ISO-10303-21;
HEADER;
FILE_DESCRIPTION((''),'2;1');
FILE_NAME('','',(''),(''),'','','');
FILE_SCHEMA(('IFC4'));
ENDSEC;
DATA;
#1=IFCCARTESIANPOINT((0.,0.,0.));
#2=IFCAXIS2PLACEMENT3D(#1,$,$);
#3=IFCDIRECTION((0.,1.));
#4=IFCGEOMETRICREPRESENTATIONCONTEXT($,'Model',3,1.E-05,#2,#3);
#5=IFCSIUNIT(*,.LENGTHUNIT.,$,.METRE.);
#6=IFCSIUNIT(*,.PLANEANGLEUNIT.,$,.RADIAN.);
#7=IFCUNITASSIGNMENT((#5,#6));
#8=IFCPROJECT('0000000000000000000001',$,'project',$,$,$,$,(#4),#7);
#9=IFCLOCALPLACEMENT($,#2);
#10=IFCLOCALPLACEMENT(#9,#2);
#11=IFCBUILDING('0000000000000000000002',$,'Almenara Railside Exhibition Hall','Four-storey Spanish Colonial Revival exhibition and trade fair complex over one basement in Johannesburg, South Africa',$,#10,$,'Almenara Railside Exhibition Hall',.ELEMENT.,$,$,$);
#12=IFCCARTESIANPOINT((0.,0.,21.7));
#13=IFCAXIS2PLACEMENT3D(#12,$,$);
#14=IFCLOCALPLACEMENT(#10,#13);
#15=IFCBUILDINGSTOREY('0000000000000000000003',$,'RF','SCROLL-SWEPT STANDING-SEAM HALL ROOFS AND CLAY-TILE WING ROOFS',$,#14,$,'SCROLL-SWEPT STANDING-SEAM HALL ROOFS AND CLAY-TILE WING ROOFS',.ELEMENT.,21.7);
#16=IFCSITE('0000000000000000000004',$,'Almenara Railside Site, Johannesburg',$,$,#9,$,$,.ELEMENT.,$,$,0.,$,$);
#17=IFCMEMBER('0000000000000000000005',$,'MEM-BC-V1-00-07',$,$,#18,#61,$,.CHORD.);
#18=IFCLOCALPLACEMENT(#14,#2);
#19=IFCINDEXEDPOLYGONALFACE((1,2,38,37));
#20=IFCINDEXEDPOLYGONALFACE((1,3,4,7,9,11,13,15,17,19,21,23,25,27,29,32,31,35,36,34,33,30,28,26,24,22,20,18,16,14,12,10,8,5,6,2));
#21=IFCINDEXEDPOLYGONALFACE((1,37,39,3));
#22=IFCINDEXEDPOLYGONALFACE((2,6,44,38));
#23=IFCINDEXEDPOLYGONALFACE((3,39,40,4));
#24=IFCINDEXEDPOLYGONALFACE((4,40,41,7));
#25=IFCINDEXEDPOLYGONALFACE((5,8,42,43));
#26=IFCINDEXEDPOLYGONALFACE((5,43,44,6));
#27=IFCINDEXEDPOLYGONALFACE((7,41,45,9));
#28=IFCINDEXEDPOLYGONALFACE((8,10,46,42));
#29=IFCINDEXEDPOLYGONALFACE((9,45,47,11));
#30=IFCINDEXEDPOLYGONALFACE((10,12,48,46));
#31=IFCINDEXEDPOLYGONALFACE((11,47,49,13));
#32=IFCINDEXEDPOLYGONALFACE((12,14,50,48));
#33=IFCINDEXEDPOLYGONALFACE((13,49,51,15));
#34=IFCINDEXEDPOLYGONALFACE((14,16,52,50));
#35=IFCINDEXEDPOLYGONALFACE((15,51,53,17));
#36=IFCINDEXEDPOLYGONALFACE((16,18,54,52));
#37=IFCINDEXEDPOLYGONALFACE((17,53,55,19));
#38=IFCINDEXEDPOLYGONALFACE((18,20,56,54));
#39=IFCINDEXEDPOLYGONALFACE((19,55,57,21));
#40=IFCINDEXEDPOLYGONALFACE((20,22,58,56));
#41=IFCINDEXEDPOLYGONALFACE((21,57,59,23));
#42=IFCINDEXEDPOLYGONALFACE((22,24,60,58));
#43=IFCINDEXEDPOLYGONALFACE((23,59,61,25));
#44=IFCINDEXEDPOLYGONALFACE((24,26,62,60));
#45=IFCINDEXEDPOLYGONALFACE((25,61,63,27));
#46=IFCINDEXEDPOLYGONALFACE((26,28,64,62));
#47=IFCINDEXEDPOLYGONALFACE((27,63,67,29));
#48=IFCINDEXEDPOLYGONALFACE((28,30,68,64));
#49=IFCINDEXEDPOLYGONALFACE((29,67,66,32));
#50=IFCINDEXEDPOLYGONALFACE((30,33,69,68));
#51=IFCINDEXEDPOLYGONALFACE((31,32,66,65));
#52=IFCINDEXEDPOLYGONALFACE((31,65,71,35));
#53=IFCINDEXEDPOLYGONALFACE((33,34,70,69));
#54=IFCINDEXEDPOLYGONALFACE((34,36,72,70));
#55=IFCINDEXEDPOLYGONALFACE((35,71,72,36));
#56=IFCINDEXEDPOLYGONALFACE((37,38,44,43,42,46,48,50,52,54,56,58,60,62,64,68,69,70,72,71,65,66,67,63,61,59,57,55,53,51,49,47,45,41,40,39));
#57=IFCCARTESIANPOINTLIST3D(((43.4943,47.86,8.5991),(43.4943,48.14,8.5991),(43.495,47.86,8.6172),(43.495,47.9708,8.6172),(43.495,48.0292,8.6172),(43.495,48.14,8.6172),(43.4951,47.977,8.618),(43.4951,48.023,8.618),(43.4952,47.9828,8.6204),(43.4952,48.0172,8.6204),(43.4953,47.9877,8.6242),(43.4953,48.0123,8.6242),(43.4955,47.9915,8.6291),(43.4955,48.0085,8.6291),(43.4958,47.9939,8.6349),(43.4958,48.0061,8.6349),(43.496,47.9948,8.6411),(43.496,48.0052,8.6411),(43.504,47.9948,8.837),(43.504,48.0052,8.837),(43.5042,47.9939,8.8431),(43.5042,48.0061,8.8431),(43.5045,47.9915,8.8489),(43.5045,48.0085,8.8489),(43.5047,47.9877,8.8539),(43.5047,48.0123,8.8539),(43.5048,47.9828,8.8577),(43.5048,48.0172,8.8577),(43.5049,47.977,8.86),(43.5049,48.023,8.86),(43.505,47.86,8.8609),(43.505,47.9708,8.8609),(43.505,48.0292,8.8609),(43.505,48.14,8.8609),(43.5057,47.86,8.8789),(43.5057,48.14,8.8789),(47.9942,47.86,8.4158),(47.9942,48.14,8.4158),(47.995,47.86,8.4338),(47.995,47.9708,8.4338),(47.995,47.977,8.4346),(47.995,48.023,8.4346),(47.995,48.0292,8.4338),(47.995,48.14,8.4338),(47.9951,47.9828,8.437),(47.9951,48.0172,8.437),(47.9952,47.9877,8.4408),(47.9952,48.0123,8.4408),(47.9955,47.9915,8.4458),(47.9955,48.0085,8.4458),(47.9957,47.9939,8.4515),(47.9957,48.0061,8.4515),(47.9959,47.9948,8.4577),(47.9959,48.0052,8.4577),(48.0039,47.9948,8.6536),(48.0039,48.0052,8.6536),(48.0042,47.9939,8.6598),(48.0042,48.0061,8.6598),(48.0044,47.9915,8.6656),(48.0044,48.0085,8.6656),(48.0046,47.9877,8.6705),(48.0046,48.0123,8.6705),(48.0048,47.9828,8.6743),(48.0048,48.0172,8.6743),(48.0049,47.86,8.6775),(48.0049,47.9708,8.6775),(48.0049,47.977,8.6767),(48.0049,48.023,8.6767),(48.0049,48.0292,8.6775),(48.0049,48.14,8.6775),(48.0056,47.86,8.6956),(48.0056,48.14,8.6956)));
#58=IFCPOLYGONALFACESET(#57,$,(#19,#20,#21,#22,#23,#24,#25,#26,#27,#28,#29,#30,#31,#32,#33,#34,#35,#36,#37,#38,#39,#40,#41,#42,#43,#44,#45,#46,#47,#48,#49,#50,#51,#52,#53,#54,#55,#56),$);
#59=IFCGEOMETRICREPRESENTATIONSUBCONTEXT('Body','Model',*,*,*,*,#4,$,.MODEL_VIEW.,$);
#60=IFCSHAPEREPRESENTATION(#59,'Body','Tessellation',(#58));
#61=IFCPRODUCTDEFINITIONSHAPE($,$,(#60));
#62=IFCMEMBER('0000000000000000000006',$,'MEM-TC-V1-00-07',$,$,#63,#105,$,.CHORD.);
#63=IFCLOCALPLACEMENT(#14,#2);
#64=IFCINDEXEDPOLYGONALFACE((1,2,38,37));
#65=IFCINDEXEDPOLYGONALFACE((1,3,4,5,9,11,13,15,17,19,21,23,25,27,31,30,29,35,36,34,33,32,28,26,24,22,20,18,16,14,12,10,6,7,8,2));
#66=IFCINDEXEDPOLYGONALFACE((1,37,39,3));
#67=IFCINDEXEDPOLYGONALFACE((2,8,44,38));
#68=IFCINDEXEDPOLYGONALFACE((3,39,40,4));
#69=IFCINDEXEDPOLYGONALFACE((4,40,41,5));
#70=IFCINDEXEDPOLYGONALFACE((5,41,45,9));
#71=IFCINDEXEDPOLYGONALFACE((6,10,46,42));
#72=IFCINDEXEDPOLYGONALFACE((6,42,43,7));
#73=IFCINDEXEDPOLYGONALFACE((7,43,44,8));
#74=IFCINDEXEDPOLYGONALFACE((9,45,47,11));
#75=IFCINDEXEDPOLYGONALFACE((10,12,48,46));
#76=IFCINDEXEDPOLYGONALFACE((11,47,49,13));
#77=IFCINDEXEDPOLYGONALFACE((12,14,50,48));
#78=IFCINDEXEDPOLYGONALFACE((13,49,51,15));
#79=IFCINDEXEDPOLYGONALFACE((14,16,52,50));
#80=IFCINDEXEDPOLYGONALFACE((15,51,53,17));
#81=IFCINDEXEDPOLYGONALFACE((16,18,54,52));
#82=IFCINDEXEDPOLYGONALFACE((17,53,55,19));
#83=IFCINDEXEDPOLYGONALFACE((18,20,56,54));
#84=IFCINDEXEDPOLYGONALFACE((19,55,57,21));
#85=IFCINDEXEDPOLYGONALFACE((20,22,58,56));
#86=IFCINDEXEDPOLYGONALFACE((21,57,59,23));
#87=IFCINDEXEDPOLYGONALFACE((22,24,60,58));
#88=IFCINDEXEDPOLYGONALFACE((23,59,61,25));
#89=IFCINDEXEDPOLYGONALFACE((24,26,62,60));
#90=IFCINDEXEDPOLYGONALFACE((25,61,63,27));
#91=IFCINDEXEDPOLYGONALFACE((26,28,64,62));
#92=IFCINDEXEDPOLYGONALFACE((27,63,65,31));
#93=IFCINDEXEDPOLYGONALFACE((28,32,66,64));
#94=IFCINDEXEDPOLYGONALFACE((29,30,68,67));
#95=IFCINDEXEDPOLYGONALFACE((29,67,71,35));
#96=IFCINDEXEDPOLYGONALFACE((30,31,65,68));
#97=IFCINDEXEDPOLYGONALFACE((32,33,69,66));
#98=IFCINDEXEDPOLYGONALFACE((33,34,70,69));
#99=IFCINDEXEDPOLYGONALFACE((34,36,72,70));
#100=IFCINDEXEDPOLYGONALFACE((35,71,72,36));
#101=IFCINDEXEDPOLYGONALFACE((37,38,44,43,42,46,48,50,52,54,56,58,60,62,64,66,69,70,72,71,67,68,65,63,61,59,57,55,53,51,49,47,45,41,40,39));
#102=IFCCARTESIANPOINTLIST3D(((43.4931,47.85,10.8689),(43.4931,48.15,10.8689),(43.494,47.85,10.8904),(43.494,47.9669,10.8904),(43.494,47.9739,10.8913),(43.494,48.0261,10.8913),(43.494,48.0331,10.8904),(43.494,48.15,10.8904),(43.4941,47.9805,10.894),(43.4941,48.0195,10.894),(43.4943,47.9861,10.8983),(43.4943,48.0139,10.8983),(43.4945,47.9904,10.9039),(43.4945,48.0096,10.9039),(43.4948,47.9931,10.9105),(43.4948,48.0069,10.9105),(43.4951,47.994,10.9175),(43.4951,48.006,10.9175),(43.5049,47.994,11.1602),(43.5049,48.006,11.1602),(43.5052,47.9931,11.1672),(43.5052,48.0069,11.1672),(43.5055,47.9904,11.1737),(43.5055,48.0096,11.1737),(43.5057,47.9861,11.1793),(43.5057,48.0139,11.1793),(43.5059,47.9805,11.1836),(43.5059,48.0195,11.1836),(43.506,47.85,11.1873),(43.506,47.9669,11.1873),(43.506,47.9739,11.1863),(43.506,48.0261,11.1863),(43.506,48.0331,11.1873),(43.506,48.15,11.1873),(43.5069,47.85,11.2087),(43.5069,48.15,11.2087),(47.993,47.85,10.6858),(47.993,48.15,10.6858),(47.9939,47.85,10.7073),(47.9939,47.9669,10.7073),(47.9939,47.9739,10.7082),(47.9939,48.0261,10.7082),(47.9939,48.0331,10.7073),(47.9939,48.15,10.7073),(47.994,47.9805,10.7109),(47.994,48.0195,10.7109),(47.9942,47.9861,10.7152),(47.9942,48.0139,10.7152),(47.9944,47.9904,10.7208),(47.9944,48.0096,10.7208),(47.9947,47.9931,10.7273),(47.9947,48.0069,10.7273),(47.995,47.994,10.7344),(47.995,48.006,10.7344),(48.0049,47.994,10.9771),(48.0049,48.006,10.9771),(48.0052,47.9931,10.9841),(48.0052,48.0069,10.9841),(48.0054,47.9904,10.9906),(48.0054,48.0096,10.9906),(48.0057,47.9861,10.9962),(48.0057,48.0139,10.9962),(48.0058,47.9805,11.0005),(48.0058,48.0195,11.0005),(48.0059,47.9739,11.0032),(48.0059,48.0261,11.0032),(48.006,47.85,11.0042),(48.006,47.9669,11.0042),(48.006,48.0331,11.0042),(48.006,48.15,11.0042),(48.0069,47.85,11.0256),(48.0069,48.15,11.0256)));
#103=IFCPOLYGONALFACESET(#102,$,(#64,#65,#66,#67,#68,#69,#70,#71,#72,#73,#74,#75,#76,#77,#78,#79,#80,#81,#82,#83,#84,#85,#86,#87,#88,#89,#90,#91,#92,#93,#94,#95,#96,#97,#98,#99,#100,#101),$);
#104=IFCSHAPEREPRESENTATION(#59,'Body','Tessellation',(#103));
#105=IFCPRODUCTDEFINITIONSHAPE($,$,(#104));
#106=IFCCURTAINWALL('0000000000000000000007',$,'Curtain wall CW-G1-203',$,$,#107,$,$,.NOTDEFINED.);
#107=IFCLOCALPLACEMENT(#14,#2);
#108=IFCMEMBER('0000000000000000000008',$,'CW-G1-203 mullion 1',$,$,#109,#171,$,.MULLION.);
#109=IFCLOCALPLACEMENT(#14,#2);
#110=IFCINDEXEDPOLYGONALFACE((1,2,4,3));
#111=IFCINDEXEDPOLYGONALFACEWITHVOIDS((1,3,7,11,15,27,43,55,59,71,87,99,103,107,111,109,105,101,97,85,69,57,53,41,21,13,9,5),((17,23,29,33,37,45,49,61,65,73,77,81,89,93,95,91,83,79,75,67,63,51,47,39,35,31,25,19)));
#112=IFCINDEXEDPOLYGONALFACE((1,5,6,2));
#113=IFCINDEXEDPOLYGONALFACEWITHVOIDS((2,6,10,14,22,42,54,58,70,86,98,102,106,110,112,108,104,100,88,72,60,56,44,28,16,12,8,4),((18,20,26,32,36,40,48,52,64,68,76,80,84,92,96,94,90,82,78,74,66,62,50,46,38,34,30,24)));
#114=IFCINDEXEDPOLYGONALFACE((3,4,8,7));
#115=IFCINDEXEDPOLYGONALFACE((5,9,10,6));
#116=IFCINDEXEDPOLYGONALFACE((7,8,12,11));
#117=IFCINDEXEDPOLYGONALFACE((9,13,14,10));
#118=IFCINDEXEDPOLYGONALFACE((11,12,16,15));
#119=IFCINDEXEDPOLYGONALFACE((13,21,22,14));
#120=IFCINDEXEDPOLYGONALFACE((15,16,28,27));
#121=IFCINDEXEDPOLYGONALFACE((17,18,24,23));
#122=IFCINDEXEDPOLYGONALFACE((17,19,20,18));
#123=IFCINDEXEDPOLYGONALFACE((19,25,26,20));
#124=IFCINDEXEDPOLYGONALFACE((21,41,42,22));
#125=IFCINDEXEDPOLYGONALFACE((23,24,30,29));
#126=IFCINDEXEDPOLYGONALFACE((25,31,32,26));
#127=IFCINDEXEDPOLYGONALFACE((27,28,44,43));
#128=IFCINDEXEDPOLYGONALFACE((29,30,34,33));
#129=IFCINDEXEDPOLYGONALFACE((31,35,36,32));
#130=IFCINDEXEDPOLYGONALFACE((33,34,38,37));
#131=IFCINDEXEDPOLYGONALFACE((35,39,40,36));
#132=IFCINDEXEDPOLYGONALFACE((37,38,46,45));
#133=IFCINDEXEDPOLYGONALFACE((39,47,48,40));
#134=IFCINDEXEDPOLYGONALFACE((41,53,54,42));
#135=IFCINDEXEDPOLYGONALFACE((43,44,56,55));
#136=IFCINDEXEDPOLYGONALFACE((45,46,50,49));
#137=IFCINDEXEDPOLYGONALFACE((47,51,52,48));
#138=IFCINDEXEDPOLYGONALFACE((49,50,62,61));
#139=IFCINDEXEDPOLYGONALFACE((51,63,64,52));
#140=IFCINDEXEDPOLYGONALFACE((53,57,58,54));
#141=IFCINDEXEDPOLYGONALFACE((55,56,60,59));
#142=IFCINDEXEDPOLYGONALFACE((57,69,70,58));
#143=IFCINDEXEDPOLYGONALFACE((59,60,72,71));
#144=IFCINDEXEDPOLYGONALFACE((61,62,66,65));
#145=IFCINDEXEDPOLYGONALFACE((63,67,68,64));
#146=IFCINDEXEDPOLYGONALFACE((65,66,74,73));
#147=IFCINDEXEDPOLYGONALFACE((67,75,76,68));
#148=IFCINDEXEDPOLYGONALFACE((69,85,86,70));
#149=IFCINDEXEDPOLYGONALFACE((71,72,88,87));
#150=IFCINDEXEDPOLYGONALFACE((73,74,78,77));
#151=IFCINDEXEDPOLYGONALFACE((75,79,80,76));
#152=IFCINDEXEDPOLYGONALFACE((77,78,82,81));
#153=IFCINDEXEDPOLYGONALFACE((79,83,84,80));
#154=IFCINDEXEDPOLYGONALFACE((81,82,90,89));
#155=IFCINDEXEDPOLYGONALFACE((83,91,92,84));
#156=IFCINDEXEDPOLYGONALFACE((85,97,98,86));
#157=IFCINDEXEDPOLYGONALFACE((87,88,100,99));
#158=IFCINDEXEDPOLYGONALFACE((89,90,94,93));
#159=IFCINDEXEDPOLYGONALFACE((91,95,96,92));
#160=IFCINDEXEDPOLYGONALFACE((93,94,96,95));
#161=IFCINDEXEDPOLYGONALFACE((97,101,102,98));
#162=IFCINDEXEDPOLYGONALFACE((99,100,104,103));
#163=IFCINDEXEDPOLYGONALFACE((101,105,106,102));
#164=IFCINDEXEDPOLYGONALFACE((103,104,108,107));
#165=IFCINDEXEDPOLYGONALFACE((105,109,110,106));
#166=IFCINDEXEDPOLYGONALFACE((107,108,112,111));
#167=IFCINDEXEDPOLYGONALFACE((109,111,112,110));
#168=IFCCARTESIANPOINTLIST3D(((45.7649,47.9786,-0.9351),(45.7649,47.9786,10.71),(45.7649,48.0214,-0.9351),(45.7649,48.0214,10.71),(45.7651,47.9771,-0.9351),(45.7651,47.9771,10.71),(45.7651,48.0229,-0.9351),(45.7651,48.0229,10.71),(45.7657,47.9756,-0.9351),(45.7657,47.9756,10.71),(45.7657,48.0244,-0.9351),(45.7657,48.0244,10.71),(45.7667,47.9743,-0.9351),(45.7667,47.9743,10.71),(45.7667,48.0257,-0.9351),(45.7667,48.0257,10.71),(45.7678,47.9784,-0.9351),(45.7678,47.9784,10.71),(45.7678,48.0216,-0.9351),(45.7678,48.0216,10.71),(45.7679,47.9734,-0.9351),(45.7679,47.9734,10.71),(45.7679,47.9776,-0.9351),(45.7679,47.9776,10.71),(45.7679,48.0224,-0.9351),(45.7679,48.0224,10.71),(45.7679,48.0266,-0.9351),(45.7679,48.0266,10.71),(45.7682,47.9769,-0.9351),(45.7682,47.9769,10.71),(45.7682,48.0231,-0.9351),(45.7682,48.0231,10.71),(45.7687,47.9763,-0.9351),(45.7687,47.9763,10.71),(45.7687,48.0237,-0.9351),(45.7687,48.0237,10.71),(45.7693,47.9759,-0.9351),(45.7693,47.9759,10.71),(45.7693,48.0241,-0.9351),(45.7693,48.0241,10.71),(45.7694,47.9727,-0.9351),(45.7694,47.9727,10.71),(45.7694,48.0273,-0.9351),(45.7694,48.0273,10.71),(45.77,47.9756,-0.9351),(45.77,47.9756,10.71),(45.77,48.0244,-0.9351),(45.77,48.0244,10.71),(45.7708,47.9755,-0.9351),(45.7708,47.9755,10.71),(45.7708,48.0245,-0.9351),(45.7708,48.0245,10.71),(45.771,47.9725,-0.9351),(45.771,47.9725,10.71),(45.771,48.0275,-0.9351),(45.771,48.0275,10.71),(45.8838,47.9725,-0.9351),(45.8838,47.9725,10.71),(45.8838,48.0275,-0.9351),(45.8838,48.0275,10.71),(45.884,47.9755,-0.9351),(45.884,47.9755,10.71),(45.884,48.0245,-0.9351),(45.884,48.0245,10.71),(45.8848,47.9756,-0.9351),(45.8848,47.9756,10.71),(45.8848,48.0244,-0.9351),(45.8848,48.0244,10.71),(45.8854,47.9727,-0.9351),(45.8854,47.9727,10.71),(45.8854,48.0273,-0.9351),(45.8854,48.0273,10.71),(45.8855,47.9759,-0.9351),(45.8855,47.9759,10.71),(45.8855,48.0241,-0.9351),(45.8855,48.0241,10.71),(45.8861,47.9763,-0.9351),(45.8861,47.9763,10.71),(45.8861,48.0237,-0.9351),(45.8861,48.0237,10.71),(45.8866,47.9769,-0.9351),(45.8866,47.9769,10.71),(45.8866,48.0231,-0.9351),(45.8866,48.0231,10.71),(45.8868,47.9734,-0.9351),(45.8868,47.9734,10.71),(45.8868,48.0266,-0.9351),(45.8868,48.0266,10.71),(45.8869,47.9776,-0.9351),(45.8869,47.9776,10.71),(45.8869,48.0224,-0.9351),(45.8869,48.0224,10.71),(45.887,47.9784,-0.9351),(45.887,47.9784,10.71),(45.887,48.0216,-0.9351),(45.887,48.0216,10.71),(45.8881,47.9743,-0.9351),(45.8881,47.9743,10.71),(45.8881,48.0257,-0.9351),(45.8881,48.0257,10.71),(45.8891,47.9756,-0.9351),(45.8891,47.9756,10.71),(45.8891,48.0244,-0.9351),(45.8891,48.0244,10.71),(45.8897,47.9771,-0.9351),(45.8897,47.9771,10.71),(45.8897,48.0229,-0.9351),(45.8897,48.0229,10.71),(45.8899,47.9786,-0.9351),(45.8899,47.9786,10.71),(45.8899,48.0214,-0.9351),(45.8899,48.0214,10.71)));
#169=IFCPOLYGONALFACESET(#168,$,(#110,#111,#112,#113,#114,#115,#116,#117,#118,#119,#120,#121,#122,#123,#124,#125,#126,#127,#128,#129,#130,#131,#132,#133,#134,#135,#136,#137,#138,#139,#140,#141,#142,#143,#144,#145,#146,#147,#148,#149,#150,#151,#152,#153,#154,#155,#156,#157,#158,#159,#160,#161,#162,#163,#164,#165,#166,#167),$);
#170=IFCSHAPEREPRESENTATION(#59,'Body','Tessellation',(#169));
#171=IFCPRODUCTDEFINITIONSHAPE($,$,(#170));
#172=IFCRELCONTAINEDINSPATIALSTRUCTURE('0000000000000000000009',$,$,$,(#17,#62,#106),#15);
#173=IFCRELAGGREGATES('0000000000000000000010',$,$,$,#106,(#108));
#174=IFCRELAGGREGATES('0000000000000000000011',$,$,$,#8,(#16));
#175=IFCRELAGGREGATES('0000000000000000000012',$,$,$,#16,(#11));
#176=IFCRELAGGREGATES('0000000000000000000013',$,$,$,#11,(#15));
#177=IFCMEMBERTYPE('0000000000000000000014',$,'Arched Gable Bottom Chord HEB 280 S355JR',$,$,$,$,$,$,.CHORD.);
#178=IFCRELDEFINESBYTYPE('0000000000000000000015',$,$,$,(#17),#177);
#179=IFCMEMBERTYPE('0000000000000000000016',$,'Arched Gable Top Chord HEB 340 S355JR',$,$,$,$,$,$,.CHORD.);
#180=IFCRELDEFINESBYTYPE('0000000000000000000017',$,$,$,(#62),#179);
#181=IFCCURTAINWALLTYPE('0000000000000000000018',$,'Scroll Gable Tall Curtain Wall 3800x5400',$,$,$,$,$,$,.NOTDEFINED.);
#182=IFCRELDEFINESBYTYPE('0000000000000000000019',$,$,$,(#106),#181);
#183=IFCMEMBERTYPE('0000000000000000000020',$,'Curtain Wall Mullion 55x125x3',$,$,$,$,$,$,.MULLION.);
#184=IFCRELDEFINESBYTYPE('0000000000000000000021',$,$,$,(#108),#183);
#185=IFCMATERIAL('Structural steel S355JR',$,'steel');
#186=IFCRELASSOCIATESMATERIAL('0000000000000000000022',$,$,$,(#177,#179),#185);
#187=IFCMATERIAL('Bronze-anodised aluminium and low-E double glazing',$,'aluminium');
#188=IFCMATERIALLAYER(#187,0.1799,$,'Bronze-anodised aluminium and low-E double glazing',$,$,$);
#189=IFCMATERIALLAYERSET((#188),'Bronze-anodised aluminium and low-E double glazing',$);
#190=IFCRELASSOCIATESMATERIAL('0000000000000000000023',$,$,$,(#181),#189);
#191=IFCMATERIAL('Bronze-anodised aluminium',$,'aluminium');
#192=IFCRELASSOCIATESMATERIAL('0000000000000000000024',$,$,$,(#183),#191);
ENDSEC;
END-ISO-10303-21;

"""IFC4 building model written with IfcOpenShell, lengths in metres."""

from ifc_helpers import new_model, si_unit, direction, frame, origin, origin_2d, place, context, subcontext, project, spatial, hollow_rectangle, i_section, extrude, material, layer, layer_set, material_profile, profile_set, type_object, element, aggregate, save


model = new_model("IFC4")

# Units and contexts
model_context = context("Model", 3, precision=1e-05, world=origin(), true_north=direction((0.0, 1.0)))
body_context = subcontext(model_context, "Body", "Model", "MODEL_VIEW")
ifc_project = project(units=[si_unit("LENGTHUNIT", "METRE"), si_unit("PLANEANGLEUNIT", "RADIAN")], contexts=[model_context])

# Site, building, storey
site_placement = place(None, origin())
site = spatial("IfcSite", under=ifc_project, at=site_placement, Name="Almenara Railside Site, Johannesburg", CompositionType="ELEMENT", RefElevation=0.0)
building_placement = place(site_placement, origin())
building = spatial("IfcBuilding", under=site, at=building_placement, Name="Almenara Railside Exhibition Hall", Description="Four-storey Spanish Colonial Revival exhibition and trade fair complex over one basement in Johannesburg, South Africa", LongName="Almenara Railside Exhibition Hall", CompositionType="ELEMENT")
storey_placement = place(building_placement, frame((0.0, 0.0, 21.7)))
storey = spatial("IfcBuildingStorey", under=building, at=storey_placement, Name="RF", Description="SCROLL-SWEPT STANDING-SEAM HALL ROOFS AND CLAY-TILE WING ROOFS", LongName="SCROLL-SWEPT STANDING-SEAM HALL ROOFS AND CLAY-TILE WING ROOFS", CompositionType="ELEMENT", Elevation=21.7)

# Members
ifc_material_1 = material(Name="Structural steel S355JR", Category="steel")
ifc_material_profile_1 = material_profile(ifc_material_1, i_section(OverallWidth=0.28, OverallDepth=0.28, WebThickness=0.0105, FlangeThickness=0.0181, FilletRadius=0.0239, at=origin_2d()), Name="HEB 280")
ifc_profile_set_1 = profile_set([ifc_material_profile_1], Name="Structural steel S355JR")
member_type_1 = type_object("IfcMemberType", Name="Arched Gable Bottom Chord HEB 280 S355JR", PredefinedType="CHORD", material=ifc_profile_set_1)
member_1_placement = place(storey_placement, frame((43.5, 48.0, 8.739), z_axis=(0.999171, 0.0, -0.040711), x_axis=(0.0, 1.0, 0.0)))
element("IfcMember", 1, at=member_1_placement, inside=storey, type_object=member_type_1, Name="MEM-BC-V1-00-07", PredefinedType="CHORD", context=body_context, shape_type="SweptSolid", body=[
    extrude(i_section(OverallWidth=0.28, OverallDepth=0.28, WebThickness=0.0105, FlangeThickness=0.0181, FilletRadius=0.0239, at=origin_2d()), origin(), (0.0, 0.0, 1.0), 4.5037),
])
ifc_material_profile_2 = material_profile(ifc_material_1, i_section(OverallWidth=0.3, OverallDepth=0.3401, WebThickness=0.012, FlangeThickness=0.0215, FilletRadius=0.0271, at=origin_2d()), Name="HEB 340")
ifc_profile_set_2 = profile_set([ifc_material_profile_2], Name="Structural steel S355JR")
member_type_2 = type_object("IfcMemberType", Name="Arched Gable Top Chord HEB 340 S355JR", PredefinedType="CHORD", material=ifc_profile_set_2)
member_2_placement = place(storey_placement, frame((43.5, 48.0, 11.0388), z_axis=(0.999173, 0.0, -0.040656), x_axis=(0.0, 1.0, 0.0)))
element("IfcMember", 2, at=member_2_placement, inside=storey, type_object=member_type_2, Name="MEM-TC-V1-00-07", PredefinedType="CHORD", context=body_context, shape_type="SweptSolid", body=[
    extrude(i_section(OverallWidth=0.3, OverallDepth=0.3401, WebThickness=0.012, FlangeThickness=0.0215, FilletRadius=0.0271, at=origin_2d()), origin(), (0.0, 0.0, 1.0), 4.5037),
])

# Curtain wall, member
ifc_material_2 = material(Name="Bronze-anodised aluminium and low-E double glazing", Category="aluminium")
ifc_layer_1 = layer(ifc_material_2, 0.1799, Name="Bronze-anodised aluminium and low-E double glazing")
ifc_layer_set_1 = layer_set([ifc_layer_1], Name="Bronze-anodised aluminium and low-E double glazing")
curtain_wall_type = type_object("IfcCurtainWallType", Name="Scroll Gable Tall Curtain Wall 3800x5400", PredefinedType="NOTDEFINED", material=ifc_layer_set_1)
curtain_wall_1_placement = place(storey_placement, origin())
curtain_wall_1 = element("IfcCurtainWall", 3, at=curtain_wall_1_placement, inside=storey, type_object=curtain_wall_type, Name="Curtain wall CW-G1-203", PredefinedType="NOTDEFINED")
ifc_material_3 = material(Name="Bronze-anodised aluminium", Category="aluminium")
ifc_material_profile_3 = material_profile(ifc_material_3, hollow_rectangle(XDim=0.0549, YDim=0.125, WallThickness=0.0029, InnerFilletRadius=0.0029, OuterFilletRadius=0.0061, at=origin_2d()), Name="ALU-MUL 55x125x3")
ifc_profile_set_3 = profile_set([ifc_material_profile_3], Name="Bronze-anodised aluminium")
member_type_3 = type_object("IfcMemberType", Name="Curtain Wall Mullion 55x125x3", PredefinedType="MULLION", material=ifc_profile_set_3)
member_3_placement = place(storey_placement, frame((45.8274, 48.0, -0.9351), z_axis=(0.0, 0.0, 1.0), x_axis=(0.0, 1.0, 0.0)))
member_3 = element("IfcMember", 4, at=member_3_placement, type_object=member_type_3, Name="CW-G1-203 mullion 1", PredefinedType="MULLION", context=body_context, shape_type="SweptSolid", body=[
    extrude(hollow_rectangle(XDim=0.0549, YDim=0.125, WallThickness=0.0029, InnerFilletRadius=0.0029, OuterFilletRadius=0.0061, at=origin_2d()), origin(), (0.0, 0.0, 1.0), 11.645),
])

aggregate(curtain_wall_1, [member_3])

save(model, "model.ifc")
